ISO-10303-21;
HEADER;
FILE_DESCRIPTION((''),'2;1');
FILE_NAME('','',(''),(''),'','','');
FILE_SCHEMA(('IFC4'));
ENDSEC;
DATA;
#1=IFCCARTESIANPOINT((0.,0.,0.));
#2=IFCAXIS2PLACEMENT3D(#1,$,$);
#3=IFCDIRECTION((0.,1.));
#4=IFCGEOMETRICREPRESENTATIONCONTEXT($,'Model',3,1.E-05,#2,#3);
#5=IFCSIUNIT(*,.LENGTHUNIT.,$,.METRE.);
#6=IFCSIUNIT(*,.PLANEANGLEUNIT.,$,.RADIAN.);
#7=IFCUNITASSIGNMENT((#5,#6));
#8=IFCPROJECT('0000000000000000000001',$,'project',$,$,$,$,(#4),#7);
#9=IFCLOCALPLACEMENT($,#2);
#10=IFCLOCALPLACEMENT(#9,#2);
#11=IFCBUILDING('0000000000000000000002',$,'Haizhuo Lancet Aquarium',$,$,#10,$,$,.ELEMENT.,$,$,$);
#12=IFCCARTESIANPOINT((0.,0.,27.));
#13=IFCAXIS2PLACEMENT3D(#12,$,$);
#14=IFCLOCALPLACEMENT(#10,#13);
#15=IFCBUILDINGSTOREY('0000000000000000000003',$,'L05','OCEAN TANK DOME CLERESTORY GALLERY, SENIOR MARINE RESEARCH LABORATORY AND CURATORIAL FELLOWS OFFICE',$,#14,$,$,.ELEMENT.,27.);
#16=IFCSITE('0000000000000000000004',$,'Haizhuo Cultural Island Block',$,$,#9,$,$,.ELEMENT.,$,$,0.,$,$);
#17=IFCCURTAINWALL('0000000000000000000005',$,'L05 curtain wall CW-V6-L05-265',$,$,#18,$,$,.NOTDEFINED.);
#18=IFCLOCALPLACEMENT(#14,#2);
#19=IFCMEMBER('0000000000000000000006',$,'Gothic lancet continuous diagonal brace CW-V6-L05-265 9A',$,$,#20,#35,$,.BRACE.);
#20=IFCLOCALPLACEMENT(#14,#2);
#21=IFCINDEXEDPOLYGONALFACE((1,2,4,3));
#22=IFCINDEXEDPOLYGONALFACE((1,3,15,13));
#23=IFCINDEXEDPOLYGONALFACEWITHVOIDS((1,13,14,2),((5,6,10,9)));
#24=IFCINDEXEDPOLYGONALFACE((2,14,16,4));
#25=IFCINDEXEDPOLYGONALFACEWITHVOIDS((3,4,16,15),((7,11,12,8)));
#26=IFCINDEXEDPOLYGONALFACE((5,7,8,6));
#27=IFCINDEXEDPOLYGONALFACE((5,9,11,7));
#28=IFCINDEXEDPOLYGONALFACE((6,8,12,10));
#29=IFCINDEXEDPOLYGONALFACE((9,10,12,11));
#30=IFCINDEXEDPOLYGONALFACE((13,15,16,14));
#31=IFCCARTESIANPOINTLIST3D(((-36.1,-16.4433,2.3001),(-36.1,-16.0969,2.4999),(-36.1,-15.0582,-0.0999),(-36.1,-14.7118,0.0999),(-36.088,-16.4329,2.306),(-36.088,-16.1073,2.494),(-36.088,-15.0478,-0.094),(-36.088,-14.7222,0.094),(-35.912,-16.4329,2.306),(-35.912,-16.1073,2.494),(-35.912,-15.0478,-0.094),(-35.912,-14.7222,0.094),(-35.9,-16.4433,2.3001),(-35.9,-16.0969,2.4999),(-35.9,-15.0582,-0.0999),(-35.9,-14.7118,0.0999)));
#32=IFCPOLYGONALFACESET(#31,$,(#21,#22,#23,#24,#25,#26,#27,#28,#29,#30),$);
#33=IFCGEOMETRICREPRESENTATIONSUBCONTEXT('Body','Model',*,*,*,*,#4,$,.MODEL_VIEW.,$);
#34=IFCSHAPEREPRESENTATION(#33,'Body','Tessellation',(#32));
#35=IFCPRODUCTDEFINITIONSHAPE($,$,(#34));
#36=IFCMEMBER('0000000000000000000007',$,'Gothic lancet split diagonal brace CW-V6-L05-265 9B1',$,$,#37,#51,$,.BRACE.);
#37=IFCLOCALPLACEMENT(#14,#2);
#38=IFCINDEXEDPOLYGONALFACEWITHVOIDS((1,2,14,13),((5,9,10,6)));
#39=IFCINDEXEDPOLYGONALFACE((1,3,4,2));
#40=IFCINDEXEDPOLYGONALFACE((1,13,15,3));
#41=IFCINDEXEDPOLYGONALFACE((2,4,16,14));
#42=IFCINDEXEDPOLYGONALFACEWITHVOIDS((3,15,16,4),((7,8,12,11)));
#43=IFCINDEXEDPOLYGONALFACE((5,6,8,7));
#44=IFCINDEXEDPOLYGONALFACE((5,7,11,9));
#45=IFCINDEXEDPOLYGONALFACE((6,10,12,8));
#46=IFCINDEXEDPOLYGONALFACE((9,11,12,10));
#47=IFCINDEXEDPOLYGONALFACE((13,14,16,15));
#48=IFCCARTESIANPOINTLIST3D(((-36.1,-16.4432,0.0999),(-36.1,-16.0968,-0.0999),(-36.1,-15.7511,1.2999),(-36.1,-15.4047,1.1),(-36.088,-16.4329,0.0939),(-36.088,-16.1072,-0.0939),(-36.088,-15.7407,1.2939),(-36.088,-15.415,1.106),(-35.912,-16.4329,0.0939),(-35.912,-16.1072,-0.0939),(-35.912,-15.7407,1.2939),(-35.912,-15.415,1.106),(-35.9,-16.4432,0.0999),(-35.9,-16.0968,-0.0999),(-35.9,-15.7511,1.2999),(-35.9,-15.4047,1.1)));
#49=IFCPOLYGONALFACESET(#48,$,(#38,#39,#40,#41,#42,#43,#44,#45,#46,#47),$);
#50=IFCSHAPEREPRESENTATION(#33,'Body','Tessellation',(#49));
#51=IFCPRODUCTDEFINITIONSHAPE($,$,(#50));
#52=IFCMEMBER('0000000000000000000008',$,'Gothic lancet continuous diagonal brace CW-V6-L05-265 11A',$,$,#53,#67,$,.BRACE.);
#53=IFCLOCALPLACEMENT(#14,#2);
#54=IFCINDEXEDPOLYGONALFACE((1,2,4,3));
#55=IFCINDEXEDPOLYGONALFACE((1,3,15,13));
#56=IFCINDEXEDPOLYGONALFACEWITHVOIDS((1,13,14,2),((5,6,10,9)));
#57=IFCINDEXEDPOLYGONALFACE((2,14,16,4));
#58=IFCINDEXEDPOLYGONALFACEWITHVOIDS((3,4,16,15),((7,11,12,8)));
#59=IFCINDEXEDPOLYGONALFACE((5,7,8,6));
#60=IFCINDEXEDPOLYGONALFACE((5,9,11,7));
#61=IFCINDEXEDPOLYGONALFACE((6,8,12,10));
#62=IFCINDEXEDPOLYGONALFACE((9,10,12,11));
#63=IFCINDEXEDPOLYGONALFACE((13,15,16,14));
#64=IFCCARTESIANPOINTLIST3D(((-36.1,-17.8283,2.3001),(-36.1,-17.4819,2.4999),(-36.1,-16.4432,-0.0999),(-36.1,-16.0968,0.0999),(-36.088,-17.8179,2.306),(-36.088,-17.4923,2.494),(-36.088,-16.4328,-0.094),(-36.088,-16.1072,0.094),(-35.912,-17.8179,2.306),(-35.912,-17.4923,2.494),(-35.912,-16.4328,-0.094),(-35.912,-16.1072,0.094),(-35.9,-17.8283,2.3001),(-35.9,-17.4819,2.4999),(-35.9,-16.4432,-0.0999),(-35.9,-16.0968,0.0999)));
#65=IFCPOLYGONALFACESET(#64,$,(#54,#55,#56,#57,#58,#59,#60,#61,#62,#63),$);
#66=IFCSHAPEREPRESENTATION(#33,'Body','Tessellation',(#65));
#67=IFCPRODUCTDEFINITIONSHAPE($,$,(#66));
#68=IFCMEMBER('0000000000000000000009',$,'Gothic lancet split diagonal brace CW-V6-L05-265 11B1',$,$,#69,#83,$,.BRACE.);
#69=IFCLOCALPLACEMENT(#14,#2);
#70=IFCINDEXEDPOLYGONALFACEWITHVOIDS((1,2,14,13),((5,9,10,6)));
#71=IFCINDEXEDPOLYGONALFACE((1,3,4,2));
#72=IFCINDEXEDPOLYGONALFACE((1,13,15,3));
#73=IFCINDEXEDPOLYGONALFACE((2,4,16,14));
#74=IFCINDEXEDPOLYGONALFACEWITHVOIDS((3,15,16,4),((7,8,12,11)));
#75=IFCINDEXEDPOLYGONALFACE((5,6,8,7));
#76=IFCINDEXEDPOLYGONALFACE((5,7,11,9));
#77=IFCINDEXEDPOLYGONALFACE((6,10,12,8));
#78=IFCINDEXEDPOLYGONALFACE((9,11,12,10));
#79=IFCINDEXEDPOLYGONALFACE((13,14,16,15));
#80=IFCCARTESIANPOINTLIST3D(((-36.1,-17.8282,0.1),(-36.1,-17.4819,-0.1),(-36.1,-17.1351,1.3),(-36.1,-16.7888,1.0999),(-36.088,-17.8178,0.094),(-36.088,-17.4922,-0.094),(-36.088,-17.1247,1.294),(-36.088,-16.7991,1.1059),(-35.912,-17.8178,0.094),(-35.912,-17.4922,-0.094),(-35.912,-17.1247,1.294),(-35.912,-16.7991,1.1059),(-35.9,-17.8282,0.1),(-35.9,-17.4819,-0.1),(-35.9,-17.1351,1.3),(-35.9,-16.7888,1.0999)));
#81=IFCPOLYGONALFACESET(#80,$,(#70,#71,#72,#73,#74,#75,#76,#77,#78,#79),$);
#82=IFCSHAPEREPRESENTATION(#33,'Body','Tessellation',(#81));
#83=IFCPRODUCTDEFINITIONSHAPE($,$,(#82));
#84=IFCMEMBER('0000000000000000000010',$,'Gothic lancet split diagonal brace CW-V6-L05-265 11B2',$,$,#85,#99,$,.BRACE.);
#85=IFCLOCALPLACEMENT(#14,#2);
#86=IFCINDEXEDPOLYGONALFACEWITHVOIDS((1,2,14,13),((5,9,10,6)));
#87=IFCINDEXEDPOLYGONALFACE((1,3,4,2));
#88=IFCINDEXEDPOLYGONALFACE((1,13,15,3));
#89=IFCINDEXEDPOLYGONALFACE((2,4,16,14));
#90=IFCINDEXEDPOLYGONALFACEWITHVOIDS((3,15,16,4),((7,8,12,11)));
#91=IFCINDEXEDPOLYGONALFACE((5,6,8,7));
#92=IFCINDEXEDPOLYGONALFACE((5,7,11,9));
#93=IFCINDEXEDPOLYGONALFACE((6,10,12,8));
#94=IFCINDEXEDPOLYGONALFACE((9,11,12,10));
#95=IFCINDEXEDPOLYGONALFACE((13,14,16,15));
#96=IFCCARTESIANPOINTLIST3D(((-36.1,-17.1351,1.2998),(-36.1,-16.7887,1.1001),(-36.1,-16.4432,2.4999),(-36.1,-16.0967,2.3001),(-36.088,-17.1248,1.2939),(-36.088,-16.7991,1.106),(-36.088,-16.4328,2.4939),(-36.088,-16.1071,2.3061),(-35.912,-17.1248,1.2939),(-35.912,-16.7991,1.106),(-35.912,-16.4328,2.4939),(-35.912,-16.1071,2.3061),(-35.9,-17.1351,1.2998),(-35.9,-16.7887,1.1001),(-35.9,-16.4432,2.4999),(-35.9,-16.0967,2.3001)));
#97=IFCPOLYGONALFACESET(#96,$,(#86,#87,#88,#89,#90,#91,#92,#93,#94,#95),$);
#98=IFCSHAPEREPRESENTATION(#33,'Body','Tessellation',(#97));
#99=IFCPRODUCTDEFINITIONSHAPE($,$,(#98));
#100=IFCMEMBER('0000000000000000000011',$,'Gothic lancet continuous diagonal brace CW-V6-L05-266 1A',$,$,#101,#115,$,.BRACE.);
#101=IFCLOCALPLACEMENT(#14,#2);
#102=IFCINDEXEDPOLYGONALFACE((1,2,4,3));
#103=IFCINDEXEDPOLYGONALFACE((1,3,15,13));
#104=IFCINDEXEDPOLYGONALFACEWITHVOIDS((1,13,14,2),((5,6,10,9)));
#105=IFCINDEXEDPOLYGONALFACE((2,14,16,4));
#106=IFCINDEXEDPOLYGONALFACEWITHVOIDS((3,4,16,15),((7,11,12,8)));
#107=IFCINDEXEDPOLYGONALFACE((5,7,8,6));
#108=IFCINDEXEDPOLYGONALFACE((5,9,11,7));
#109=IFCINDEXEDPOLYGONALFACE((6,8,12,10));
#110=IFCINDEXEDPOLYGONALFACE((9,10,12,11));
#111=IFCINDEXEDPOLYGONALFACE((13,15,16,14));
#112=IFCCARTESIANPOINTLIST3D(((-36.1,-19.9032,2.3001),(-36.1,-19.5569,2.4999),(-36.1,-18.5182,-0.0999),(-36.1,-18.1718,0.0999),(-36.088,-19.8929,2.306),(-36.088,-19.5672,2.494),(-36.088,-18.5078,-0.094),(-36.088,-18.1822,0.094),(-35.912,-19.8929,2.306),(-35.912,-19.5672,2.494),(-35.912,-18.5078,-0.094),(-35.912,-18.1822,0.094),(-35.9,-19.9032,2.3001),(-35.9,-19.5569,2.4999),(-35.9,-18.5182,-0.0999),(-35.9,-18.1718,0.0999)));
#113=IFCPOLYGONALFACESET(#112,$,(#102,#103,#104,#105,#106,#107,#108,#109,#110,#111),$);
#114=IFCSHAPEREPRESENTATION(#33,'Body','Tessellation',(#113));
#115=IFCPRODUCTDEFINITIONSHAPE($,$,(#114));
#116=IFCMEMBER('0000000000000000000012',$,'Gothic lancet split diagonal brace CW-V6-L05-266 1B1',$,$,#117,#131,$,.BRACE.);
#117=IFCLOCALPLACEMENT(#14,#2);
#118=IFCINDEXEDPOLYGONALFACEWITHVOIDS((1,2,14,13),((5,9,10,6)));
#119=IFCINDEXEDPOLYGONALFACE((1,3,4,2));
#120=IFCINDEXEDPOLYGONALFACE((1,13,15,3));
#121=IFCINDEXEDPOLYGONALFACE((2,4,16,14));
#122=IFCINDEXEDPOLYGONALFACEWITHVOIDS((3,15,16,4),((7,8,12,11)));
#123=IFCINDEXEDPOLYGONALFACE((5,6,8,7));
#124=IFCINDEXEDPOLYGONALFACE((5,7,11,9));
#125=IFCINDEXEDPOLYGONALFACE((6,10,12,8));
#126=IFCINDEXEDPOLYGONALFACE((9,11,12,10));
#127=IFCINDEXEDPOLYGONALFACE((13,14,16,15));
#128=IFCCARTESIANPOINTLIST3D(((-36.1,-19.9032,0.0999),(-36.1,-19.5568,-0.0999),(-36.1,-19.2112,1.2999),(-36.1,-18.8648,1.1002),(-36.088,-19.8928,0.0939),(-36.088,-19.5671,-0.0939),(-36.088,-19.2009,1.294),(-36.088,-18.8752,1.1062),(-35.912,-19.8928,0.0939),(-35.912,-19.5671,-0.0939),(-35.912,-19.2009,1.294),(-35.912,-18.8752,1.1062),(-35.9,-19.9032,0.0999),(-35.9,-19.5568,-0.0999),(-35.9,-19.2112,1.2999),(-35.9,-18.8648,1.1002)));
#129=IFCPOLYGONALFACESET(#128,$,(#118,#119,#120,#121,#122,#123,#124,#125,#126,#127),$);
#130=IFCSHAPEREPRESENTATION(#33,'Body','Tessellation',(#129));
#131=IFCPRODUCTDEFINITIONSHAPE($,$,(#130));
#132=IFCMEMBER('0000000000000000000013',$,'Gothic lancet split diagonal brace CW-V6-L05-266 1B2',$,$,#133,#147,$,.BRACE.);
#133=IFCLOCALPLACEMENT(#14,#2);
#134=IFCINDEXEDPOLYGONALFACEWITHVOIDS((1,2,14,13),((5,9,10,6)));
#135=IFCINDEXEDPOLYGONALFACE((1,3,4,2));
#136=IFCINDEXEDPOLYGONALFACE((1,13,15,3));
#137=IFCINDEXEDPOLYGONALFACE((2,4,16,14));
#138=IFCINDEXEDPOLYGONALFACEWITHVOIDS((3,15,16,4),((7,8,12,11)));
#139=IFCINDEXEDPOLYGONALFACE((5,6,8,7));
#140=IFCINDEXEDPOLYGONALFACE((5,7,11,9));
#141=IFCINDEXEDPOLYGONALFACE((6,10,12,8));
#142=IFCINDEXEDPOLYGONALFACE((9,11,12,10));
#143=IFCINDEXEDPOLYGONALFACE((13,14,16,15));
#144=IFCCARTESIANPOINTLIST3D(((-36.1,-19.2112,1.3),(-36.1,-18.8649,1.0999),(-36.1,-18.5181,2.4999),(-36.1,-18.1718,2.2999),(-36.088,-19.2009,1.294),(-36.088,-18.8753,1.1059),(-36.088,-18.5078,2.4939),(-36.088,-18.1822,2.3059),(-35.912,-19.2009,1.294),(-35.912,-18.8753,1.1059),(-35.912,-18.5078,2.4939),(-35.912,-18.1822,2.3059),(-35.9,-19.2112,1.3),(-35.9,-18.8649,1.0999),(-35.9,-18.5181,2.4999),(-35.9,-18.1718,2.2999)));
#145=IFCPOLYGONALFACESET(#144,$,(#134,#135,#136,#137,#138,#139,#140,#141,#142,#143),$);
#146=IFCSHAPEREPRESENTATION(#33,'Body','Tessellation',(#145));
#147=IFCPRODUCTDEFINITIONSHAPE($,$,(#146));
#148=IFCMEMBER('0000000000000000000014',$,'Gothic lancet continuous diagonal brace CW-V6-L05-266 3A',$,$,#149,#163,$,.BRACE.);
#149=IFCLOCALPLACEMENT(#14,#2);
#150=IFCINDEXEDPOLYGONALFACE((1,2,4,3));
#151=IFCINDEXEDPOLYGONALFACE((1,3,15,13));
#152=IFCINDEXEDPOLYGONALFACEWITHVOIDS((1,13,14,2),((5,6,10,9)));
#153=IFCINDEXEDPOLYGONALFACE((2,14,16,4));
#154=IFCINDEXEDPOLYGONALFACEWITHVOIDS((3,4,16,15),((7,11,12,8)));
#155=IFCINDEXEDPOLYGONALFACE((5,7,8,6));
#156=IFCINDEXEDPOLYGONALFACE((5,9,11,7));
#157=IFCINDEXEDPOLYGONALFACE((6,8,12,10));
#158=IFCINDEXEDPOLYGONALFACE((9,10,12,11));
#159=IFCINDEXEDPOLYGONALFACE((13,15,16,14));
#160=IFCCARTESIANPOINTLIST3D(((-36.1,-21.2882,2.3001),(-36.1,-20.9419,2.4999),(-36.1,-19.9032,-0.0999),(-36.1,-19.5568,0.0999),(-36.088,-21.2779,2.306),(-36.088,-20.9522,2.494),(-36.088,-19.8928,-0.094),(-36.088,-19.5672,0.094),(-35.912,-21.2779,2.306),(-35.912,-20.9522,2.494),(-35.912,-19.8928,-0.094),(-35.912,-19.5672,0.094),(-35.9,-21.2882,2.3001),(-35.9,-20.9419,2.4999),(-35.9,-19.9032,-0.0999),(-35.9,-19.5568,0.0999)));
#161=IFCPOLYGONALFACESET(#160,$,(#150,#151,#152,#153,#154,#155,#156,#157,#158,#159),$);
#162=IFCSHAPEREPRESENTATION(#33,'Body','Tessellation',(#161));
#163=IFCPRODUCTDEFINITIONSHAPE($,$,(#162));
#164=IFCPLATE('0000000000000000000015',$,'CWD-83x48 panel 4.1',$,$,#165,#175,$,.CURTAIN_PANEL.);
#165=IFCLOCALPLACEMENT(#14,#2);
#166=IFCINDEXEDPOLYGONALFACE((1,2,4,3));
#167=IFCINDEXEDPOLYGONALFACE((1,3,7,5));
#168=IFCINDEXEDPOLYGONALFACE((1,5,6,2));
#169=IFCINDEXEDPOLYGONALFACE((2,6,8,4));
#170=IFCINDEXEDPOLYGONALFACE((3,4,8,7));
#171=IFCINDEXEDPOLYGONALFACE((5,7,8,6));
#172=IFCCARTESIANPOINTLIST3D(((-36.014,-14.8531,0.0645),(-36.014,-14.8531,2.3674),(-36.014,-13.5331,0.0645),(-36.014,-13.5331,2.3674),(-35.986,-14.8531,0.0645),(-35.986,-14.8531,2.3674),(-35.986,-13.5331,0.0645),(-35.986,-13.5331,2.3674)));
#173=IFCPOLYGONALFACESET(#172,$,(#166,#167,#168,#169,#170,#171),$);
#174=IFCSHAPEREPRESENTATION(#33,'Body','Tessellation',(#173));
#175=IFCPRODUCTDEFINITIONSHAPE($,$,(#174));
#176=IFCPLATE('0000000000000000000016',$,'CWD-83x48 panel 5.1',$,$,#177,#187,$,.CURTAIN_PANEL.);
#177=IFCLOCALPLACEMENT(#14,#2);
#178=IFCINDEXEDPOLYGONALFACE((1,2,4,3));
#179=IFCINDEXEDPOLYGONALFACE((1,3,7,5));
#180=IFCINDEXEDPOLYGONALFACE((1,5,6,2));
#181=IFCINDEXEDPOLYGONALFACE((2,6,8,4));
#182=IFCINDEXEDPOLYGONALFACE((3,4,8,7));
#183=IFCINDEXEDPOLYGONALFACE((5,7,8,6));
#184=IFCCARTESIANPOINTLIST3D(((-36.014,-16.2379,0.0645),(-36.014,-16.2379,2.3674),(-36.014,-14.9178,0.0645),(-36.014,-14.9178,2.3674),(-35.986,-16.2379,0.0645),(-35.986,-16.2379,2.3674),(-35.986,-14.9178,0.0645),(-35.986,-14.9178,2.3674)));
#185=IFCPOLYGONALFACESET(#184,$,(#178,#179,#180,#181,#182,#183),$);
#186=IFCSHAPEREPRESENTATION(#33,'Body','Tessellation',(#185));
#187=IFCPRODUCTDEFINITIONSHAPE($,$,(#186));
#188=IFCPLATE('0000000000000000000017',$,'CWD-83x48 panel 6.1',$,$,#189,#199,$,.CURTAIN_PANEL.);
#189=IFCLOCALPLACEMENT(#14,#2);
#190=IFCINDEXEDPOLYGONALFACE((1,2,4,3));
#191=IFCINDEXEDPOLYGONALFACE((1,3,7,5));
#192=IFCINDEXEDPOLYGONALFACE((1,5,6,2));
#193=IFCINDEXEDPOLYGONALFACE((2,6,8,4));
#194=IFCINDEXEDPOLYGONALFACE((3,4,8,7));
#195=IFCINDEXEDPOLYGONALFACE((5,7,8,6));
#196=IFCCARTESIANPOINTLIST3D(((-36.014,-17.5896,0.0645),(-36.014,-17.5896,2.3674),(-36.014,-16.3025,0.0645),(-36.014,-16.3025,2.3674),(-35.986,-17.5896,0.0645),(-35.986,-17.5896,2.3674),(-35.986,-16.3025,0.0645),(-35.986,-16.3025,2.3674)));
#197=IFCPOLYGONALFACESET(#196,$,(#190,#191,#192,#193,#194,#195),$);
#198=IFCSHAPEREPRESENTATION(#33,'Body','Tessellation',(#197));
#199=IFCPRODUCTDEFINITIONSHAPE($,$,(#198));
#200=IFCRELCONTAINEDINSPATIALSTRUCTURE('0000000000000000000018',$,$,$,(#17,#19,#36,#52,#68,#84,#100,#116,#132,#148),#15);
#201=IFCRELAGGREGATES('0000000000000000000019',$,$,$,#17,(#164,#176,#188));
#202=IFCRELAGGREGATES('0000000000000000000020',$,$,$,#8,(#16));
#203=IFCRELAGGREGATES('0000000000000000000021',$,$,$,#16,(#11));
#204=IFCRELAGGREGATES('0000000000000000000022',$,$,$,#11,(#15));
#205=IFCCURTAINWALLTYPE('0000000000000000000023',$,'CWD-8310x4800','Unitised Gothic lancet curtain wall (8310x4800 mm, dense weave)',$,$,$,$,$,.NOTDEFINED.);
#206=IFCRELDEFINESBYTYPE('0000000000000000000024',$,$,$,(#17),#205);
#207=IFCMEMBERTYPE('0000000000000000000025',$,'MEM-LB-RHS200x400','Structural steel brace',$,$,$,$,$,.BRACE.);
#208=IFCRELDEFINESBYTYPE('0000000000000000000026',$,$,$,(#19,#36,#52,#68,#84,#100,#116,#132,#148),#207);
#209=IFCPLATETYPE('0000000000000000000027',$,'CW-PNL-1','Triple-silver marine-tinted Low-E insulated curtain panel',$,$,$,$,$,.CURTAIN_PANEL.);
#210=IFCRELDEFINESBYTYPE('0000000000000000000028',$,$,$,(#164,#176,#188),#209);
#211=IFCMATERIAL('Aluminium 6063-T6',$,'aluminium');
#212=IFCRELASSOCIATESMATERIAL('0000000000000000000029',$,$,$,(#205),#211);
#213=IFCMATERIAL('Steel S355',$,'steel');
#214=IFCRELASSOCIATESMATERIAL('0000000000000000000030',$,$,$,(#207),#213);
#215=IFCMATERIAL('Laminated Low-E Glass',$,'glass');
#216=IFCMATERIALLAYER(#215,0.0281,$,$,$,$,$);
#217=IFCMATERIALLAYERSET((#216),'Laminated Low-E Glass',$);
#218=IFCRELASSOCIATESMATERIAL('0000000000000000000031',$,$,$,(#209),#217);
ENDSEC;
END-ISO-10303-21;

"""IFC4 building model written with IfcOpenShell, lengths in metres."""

from ifc_helpers import new_model, si_unit, direction, frame, origin, origin_2d, place, context, subcontext, project, spatial, rectangle, hollow_rectangle, extrude, material, layer, layer_set, material_profile, profile_set, type_object, element, aggregate, save


model = new_model("IFC4")

# Units and contexts
model_context = context("Model", 3, precision=1e-05, world=origin(), true_north=direction((0.0, 1.0)))
body_context = subcontext(model_context, "Body", "Model", "MODEL_VIEW")
ifc_project = project(units=[si_unit("LENGTHUNIT", "METRE"), si_unit("PLANEANGLEUNIT", "RADIAN")], contexts=[model_context])

# Site, building, storey
site_placement = place(None, origin())
site = spatial("IfcSite", under=ifc_project, at=site_placement, Name="Haizhuo Cultural Island Block", CompositionType="ELEMENT", RefElevation=0.0)
building_placement = place(site_placement, origin())
building = spatial("IfcBuilding", under=site, at=building_placement, Name="Haizhuo Lancet Aquarium", CompositionType="ELEMENT")
storey_placement = place(building_placement, frame((0.0, 0.0, 27.0)))
storey = spatial("IfcBuildingStorey", under=building, at=storey_placement, Name="L05", Description="OCEAN TANK DOME CLERESTORY GALLERY, SENIOR MARINE RESEARCH LABORATORY AND CURATORIAL FELLOWS OFFICE", CompositionType="ELEMENT", Elevation=27.0)

# Curtain wall
ifc_material_1 = material(Name="Aluminium 6063-T6", Category="aluminium")
curtain_wall_type = type_object("IfcCurtainWallType", Name="CWD-8310x4800", Description="Unitised Gothic lancet curtain wall (8310x4800 mm, dense weave)", PredefinedType="NOTDEFINED", material=ifc_material_1)
curtain_wall_1_placement = place(storey_placement, origin())
curtain_wall_1 = element("IfcCurtainWall", 1, at=curtain_wall_1_placement, inside=storey, type_object=curtain_wall_type, Name="L05 curtain wall CW-V6-L05-265", PredefinedType="NOTDEFINED")

# Members
ifc_material_2 = material(Name="Steel S355", Category="steel")
ifc_material_profile_1 = material_profile(ifc_material_2, hollow_rectangle(XDim=0.2, YDim=0.3999, WallThickness=0.012, at=origin_2d()), Name="RHS 200x400x12")
ifc_profile_set_1 = profile_set([ifc_material_profile_1], Name="Steel S355")
member_type_1 = type_object("IfcMemberType", Name="MEM-LB-RHS200x400", Description="Structural steel brace", PredefinedType="BRACE", material=ifc_profile_set_1)
member_1_placement = place(storey_placement, frame((-36.0, -14.885, 0.0), z_axis=(0.0, -0.499844, 0.866115), x_axis=(1.0, 0.0, 0.0)))
element("IfcMember", 2, at=member_1_placement, inside=storey, type_object=member_type_1, Name="Gothic lancet continuous diagonal brace CW-V6-L05-265 9A", PredefinedType="BRACE", context=body_context, shape_type="SweptSolid", body=[
    extrude(hollow_rectangle(XDim=0.2, YDim=0.3999, WallThickness=0.012, at=origin_2d()), origin(), (0.0, 0.0, 1.0), 2.771),
])
member_2_placement = place(storey_placement, frame((-36.0, -16.27, 0.0), z_axis=(0.0, 0.499646, 0.86623), x_axis=(-1.0, 0.0, 0.0)))
element("IfcMember", 3, at=member_2_placement, inside=storey, type_object=member_type_1, Name="Gothic lancet split diagonal brace CW-V6-L05-265 9B1", PredefinedType="BRACE", context=body_context, shape_type="SweptSolid", body=[
    extrude(hollow_rectangle(XDim=0.2, YDim=0.3999, WallThickness=0.012, at=origin_2d()), origin(), (0.0, 0.0, 1.0), 1.3853),
])
member_3_placement = place(storey_placement, frame((-36.0, -16.27, 0.0), z_axis=(0.0, -0.499844, 0.866115), x_axis=(1.0, 0.0, 0.0)))
element("IfcMember", 4, at=member_3_placement, inside=storey, type_object=member_type_1, Name="Gothic lancet continuous diagonal brace CW-V6-L05-265 11A", PredefinedType="BRACE", context=body_context, shape_type="SweptSolid", body=[
    extrude(hollow_rectangle(XDim=0.2, YDim=0.3999, WallThickness=0.012, at=origin_2d()), origin(), (0.0, 0.0, 1.0), 2.771),
])
member_4_placement = place(storey_placement, frame((-36.0, -17.655, 0.0), z_axis=(0.0, 0.500175, 0.865924), x_axis=(-1.0, 0.0, 0.0)))
element("IfcMember", 5, at=member_4_placement, inside=storey, type_object=member_type_1, Name="Gothic lancet split diagonal brace CW-V6-L05-265 11B1", PredefinedType="BRACE", context=body_context, shape_type="SweptSolid", body=[
    extrude(hollow_rectangle(XDim=0.2, YDim=0.3999, WallThickness=0.012, at=origin_2d()), origin(), (0.0, 0.0, 1.0), 1.3857),
])
member_5_placement = place(storey_placement, frame((-36.0, -16.9619, 1.2), z_axis=(0.0, 0.499514, 0.866306), x_axis=(-1.0, 0.0, 0.0)))
element("IfcMember", 6, at=member_5_placement, inside=storey, type_object=member_type_1, Name="Gothic lancet split diagonal brace CW-V6-L05-265 11B2", PredefinedType="BRACE", context=body_context, shape_type="SweptSolid", body=[
    extrude(hollow_rectangle(XDim=0.2, YDim=0.3999, WallThickness=0.012, at=origin_2d()), origin(), (0.0, 0.0, 1.0), 1.3853),
])
member_6_placement = place(storey_placement, frame((-36.0, -18.345, 0.0), z_axis=(0.0, -0.499844, 0.866115), x_axis=(1.0, 0.0, 0.0)))
element("IfcMember", 7, at=member_6_placement, inside=storey, type_object=member_type_1, Name="Gothic lancet continuous diagonal brace CW-V6-L05-266 1A", PredefinedType="BRACE", context=body_context, shape_type="SweptSolid", body=[
    extrude(hollow_rectangle(XDim=0.2, YDim=0.3999, WallThickness=0.012, at=origin_2d()), origin(), (0.0, 0.0, 1.0), 2.771),
])
member_7_placement = place(storey_placement, frame((-36.0, -19.73, 0.0), z_axis=(0.0, 0.499514, 0.866306), x_axis=(-1.0, 0.0, 0.0)))
element("IfcMember", 8, at=member_7_placement, inside=storey, type_object=member_type_1, Name="Gothic lancet split diagonal brace CW-V6-L05-266 1B1", PredefinedType="BRACE", context=body_context, shape_type="SweptSolid", body=[
    extrude(hollow_rectangle(XDim=0.2, YDim=0.3999, WallThickness=0.012, at=origin_2d()), origin(), (0.0, 0.0, 1.0), 1.3853),
])
member_8_placement = place(storey_placement, frame((-36.0, -19.0381, 1.2), z_axis=(0.0, 0.500175, 0.865924), x_axis=(-1.0, 0.0, 0.0)))
element("IfcMember", 9, at=member_8_placement, inside=storey, type_object=member_type_1, Name="Gothic lancet split diagonal brace CW-V6-L05-266 1B2", PredefinedType="BRACE", context=body_context, shape_type="SweptSolid", body=[
    extrude(hollow_rectangle(XDim=0.2, YDim=0.3999, WallThickness=0.012, at=origin_2d()), origin(), (0.0, 0.0, 1.0), 1.3857),
])
member_9_placement = place(storey_placement, frame((-36.0, -19.73, 0.0), z_axis=(0.0, -0.499844, 0.866115), x_axis=(1.0, 0.0, 0.0)))
element("IfcMember", 10, at=member_9_placement, inside=storey, type_object=member_type_1, Name="Gothic lancet continuous diagonal brace CW-V6-L05-266 3A", PredefinedType="BRACE", context=body_context, shape_type="SweptSolid", body=[
    extrude(hollow_rectangle(XDim=0.2, YDim=0.3999, WallThickness=0.012, at=origin_2d()), origin(), (0.0, 0.0, 1.0), 2.771),
])

# Plates
ifc_material_3 = material(Name="Laminated Low-E Glass", Category="glass")
ifc_layer_1 = layer(ifc_material_3, 0.0281)
ifc_layer_set_1 = layer_set([ifc_layer_1], Name="Laminated Low-E Glass")
plate_type_1 = type_object("IfcPlateType", Name="CW-PNL-1", Description="Triple-silver marine-tinted Low-E insulated curtain panel", PredefinedType="CURTAIN_PANEL", material=ifc_layer_set_1)
plate_1_placement = place(storey_placement, frame((-36.0, -14.1931, 0.0645), z_axis=(0.0, 0.0, 1.0), x_axis=(0.0, -1.0, 0.0)))
plate_1 = element("IfcPlate", 11, at=plate_1_placement, type_object=plate_type_1, Name="CWD-83x48 panel 4.1", PredefinedType="CURTAIN_PANEL", context=body_context, shape_type="SweptSolid", body=[
    extrude(rectangle(XDim=1.3201, YDim=0.0281, at=origin_2d()), origin(), (0.0, 0.0, 1.0), 2.303),
])
plate_2_placement = place(storey_placement, frame((-36.0, -15.5779, 0.0645), z_axis=(0.0, 0.0, 1.0), x_axis=(0.0, -1.0, 0.0)))
plate_2 = element("IfcPlate", 12, at=plate_2_placement, type_object=plate_type_1, Name="CWD-83x48 panel 5.1", PredefinedType="CURTAIN_PANEL", context=body_context, shape_type="SweptSolid", body=[
    extrude(rectangle(XDim=1.3201, YDim=0.0281, at=origin_2d()), origin(), (0.0, 0.0, 1.0), 2.303),
])
plate_3_placement = place(storey_placement, frame((-36.0, -16.946, 0.0645), z_axis=(0.0, 0.0, 1.0), x_axis=(0.0, -1.0, 0.0)))
plate_3 = element("IfcPlate", 13, at=plate_3_placement, type_object=plate_type_1, Name="CWD-83x48 panel 6.1", PredefinedType="CURTAIN_PANEL", context=body_context, shape_type="SweptSolid", body=[
    extrude(rectangle(XDim=1.2871, YDim=0.0281, at=origin_2d()), origin(), (0.0, 0.0, 1.0), 2.303),
])
aggregate(curtain_wall_1, [plate_1, plate_2, plate_3])

save(model, "model.ifc")
